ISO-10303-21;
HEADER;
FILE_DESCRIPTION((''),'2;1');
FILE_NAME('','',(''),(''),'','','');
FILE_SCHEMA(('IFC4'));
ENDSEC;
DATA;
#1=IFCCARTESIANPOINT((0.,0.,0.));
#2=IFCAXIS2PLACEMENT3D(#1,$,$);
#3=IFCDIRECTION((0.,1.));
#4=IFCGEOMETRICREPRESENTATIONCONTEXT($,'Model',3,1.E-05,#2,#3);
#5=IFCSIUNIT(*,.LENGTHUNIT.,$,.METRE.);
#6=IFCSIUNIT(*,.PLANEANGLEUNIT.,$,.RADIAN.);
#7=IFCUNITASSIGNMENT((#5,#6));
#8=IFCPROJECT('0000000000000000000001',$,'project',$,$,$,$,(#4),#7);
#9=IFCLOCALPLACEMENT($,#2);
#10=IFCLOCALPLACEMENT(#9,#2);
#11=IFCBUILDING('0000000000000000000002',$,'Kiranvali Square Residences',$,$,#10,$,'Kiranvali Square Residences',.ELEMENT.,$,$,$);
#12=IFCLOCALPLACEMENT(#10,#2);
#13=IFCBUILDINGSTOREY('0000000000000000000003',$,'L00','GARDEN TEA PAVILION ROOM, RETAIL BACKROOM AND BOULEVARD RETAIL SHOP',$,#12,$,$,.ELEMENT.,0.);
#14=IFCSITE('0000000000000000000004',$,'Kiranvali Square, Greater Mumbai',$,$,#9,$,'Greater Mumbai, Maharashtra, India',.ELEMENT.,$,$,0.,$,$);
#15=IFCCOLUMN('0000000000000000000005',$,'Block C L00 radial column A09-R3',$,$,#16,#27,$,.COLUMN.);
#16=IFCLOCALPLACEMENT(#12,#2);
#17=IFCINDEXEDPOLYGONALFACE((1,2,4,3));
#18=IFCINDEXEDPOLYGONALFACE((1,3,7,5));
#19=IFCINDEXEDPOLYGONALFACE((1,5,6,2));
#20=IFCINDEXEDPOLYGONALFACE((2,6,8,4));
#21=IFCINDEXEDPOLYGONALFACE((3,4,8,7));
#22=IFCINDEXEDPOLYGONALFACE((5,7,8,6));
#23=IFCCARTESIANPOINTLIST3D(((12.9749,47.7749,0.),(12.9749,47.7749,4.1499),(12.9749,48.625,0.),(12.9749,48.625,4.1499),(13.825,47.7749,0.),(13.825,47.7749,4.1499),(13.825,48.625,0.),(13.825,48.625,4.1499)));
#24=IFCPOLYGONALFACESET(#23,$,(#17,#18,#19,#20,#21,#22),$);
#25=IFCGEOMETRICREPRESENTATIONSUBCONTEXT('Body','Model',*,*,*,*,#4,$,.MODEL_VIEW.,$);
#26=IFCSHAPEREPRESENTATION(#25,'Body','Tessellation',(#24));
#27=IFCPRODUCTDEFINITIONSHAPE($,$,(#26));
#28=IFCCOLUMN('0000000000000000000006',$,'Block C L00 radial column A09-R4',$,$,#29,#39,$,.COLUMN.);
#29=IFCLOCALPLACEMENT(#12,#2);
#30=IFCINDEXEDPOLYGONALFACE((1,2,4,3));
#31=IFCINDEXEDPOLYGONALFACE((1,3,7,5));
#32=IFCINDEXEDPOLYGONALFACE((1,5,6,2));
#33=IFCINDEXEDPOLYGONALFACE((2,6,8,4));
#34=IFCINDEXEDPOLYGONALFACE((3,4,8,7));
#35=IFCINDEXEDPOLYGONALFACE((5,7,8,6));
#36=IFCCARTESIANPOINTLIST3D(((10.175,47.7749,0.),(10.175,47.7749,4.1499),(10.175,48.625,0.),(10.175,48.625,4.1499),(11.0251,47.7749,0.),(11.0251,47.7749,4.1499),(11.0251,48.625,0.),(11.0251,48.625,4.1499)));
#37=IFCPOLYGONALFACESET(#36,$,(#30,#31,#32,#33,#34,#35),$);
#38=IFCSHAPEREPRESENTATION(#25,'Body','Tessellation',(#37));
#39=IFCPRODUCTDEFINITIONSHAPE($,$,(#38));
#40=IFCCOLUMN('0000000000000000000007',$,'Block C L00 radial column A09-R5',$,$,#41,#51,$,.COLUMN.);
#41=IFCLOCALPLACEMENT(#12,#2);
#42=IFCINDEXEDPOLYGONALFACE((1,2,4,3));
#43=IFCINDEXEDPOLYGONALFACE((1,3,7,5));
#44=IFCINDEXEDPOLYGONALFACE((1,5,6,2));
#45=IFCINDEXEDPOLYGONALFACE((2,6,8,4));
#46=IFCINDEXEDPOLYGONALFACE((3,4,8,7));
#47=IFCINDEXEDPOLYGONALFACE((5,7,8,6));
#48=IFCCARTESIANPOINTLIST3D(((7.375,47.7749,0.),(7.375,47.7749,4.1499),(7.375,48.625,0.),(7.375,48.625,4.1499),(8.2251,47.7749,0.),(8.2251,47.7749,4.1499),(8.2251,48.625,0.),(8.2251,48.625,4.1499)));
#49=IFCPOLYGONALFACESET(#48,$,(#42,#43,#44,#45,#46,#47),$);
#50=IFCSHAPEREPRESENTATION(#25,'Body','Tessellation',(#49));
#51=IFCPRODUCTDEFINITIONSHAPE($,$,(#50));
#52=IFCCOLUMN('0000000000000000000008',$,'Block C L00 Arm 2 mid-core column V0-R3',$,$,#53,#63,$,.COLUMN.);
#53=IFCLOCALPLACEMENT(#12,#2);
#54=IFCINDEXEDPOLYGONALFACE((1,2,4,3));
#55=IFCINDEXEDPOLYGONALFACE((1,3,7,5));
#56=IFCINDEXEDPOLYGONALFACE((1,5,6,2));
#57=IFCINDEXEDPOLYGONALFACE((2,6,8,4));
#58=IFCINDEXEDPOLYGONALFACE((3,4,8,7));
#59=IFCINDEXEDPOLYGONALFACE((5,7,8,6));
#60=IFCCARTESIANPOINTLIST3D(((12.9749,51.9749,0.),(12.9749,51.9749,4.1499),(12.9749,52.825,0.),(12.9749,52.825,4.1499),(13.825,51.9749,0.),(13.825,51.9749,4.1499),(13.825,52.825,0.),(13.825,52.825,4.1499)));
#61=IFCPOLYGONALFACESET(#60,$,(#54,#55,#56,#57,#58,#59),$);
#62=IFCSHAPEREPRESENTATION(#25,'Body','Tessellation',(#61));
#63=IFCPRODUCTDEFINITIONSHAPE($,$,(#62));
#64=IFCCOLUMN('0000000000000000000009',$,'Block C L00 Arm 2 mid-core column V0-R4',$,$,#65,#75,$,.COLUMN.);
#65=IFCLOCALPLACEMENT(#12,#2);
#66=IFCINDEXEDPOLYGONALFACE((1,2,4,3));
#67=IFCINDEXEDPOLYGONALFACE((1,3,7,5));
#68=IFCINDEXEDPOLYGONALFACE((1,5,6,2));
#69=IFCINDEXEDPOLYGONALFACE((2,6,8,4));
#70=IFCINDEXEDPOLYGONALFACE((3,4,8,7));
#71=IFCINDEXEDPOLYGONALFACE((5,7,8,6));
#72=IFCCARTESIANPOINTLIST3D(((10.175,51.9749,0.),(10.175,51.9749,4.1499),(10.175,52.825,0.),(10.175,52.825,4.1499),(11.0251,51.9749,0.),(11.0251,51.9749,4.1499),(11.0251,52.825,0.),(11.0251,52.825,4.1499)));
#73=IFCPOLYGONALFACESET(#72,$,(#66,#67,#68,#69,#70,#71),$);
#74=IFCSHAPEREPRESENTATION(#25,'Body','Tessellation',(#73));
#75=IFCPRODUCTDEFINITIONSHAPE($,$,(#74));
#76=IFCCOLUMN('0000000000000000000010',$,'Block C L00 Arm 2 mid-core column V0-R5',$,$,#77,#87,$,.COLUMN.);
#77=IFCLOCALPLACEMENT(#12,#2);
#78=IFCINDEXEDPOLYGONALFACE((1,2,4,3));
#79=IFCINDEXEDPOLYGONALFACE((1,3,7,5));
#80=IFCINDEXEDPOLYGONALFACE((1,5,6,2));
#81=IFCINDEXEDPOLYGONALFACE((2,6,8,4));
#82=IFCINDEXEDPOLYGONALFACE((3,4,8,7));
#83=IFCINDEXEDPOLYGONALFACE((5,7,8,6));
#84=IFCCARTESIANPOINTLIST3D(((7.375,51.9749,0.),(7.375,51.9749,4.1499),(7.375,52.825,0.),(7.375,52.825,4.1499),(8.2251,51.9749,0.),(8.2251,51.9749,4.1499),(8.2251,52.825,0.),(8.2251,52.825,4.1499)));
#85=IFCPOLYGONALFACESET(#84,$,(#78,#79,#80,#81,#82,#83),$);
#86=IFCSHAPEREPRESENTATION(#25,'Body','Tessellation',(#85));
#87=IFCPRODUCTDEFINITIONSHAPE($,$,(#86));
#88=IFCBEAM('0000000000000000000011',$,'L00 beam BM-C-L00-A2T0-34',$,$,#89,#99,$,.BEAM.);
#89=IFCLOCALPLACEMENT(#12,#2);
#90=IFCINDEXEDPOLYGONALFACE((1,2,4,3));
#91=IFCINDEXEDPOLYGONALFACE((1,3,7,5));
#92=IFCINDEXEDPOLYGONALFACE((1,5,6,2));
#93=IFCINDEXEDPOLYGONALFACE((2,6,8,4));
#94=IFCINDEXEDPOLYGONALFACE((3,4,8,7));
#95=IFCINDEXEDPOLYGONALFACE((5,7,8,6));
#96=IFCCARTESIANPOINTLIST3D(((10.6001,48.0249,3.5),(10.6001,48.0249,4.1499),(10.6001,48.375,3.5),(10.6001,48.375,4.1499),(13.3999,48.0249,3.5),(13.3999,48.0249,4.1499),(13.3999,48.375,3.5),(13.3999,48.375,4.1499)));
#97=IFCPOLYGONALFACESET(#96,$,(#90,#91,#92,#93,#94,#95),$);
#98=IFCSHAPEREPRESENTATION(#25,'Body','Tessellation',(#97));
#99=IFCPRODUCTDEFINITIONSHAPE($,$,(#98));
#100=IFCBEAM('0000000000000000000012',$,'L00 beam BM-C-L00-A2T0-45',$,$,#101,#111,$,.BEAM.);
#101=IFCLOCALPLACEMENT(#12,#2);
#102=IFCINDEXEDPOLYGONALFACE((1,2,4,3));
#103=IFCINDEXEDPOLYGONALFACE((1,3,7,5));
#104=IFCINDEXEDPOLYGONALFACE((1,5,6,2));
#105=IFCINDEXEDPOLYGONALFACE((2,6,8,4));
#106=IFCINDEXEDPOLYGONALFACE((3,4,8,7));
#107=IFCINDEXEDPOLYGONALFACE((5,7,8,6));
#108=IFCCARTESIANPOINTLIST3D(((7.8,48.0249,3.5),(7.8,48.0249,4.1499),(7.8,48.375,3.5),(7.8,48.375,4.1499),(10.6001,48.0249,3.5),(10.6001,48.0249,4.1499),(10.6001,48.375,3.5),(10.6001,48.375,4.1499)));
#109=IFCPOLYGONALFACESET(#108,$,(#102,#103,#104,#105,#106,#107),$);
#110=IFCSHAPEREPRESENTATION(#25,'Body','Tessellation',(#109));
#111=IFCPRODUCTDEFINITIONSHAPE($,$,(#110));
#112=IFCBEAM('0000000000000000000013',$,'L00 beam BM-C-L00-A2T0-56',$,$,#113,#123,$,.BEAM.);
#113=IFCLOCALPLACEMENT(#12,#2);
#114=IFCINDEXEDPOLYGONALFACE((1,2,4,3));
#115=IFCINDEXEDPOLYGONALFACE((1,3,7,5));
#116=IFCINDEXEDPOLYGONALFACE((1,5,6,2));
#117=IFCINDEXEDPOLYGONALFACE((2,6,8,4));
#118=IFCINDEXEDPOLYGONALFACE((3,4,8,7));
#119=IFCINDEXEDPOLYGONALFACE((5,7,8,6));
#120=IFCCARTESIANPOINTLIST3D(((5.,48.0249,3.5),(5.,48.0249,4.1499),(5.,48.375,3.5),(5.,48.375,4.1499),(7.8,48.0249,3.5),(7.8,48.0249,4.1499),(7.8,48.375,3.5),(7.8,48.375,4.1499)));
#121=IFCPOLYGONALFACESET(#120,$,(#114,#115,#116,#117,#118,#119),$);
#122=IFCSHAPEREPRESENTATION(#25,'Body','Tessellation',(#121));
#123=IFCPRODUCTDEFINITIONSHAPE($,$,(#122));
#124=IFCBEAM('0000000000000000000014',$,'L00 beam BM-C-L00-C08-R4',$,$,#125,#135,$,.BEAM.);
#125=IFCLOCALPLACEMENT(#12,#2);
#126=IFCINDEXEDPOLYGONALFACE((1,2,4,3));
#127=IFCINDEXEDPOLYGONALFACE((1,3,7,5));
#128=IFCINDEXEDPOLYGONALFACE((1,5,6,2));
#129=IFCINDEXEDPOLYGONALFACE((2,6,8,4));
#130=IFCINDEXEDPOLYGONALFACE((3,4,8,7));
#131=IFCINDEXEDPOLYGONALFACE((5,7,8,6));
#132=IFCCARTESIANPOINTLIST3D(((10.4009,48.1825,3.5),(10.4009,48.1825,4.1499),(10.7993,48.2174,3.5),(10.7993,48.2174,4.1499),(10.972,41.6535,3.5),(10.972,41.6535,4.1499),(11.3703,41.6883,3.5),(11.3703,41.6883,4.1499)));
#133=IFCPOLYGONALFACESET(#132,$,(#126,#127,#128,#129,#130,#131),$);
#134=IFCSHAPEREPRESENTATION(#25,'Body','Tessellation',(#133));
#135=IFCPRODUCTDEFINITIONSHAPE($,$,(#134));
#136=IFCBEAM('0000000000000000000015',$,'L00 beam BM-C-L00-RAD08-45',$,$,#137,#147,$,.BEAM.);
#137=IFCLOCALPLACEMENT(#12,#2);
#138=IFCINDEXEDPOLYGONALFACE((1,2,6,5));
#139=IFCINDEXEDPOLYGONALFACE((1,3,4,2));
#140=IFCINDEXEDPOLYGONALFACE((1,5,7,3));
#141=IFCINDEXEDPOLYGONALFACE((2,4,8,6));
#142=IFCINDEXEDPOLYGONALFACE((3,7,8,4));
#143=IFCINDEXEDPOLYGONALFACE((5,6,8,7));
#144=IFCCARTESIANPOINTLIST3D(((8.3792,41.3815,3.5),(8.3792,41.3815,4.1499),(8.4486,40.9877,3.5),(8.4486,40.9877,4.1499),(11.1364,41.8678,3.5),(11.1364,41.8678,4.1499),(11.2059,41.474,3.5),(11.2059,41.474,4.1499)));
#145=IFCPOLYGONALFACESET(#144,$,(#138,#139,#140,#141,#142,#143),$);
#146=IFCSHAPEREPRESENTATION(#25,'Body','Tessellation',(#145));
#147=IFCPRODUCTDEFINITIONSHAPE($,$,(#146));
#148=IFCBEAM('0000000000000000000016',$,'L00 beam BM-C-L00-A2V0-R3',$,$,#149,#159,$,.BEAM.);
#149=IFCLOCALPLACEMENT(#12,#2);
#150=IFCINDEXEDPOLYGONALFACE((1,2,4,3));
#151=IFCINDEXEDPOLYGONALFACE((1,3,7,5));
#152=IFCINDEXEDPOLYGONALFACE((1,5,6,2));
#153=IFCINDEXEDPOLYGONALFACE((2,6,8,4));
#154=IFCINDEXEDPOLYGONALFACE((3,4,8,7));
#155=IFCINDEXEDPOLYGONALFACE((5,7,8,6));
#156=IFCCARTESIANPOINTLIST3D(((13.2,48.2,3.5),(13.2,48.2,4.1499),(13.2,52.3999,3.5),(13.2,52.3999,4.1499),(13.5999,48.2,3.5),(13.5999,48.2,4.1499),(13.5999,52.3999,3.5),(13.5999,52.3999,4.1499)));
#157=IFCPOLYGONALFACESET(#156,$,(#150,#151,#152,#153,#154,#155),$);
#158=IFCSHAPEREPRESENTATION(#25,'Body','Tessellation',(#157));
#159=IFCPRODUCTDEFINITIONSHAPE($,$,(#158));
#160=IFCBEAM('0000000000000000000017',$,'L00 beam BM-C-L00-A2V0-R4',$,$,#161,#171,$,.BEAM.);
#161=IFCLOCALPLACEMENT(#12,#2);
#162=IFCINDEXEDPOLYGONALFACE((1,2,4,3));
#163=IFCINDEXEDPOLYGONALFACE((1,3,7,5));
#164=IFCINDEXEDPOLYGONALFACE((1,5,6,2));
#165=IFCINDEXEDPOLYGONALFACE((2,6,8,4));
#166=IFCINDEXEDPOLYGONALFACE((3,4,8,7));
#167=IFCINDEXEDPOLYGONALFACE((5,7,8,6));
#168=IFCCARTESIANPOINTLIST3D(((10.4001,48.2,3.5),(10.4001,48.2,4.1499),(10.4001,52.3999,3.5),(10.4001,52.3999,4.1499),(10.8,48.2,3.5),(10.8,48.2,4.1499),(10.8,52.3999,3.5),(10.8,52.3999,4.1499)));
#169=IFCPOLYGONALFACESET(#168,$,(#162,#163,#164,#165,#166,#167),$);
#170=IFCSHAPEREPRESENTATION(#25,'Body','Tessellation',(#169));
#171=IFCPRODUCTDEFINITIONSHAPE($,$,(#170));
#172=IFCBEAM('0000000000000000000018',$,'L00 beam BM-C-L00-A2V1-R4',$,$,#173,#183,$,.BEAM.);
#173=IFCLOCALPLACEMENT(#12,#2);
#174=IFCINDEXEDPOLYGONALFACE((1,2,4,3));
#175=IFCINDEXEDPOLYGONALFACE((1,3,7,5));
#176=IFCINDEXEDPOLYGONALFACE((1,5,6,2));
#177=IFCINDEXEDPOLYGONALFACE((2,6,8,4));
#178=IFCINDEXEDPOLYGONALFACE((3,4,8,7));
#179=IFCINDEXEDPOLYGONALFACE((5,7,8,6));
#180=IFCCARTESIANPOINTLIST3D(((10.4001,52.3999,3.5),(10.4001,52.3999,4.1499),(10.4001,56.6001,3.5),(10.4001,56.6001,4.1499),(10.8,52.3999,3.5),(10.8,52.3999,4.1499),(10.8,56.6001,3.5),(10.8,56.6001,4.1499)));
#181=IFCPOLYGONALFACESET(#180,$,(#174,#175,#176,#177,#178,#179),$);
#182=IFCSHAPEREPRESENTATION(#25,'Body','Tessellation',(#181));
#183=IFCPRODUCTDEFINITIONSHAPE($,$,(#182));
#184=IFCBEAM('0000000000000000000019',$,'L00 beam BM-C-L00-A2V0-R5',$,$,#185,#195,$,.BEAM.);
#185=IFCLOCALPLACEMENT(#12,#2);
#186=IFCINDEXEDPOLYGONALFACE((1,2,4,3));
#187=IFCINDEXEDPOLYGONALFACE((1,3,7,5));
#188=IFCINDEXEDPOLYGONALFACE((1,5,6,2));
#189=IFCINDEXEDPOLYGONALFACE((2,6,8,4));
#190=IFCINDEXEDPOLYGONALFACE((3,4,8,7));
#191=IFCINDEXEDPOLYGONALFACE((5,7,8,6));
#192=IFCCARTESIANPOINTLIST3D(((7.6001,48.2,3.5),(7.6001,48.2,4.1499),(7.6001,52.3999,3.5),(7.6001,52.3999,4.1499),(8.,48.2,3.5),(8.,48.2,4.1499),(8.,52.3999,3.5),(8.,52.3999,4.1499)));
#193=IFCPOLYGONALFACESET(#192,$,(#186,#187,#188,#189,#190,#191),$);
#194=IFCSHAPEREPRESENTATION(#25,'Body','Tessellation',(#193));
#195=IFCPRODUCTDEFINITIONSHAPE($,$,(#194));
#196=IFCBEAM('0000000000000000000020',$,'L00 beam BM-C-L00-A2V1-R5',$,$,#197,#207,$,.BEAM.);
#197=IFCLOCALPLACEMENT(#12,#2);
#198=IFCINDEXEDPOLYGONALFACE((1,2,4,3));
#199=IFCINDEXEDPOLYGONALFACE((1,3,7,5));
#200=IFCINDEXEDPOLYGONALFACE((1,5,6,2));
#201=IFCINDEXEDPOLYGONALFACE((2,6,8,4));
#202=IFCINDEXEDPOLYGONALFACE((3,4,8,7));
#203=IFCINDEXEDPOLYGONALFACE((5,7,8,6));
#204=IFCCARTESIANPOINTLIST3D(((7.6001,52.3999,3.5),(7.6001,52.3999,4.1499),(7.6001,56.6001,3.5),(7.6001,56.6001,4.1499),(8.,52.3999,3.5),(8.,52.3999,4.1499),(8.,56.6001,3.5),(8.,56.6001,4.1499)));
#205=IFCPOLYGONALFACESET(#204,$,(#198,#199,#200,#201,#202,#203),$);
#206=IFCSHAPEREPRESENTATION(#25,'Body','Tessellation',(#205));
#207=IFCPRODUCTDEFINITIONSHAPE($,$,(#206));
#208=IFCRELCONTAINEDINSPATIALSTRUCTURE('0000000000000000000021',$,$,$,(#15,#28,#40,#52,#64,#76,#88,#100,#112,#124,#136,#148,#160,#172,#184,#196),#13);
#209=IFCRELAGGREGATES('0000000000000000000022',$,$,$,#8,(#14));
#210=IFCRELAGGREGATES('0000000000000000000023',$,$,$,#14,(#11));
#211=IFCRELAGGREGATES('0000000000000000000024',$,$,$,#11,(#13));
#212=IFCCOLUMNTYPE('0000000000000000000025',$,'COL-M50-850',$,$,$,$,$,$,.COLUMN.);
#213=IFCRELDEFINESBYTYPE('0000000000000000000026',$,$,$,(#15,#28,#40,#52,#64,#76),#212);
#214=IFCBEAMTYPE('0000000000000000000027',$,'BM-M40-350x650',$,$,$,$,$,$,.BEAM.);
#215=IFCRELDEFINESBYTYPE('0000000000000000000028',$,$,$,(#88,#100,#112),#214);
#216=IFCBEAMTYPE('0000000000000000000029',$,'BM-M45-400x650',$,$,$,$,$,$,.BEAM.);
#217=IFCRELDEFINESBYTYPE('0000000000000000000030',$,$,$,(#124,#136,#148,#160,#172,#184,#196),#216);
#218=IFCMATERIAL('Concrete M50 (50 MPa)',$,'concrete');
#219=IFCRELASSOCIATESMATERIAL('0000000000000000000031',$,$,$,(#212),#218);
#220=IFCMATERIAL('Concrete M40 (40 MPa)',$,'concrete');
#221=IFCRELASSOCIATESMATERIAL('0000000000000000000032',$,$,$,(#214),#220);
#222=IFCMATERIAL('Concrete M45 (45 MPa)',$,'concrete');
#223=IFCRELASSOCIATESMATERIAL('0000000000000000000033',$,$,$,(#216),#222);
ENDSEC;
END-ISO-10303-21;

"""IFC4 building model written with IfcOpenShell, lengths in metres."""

from ifc_helpers import new_model, si_unit, direction, frame, origin, origin_2d, place, context, subcontext, project, spatial, rectangle, extrude, material, material_profile, profile_set, type_object, element, save


model = new_model("IFC4")

# Units and contexts
model_context = context("Model", 3, precision=1e-05, world=origin(), true_north=direction((0.0, 1.0)))
body_context = subcontext(model_context, "Body", "Model", "MODEL_VIEW")
ifc_project = project(units=[si_unit("LENGTHUNIT", "METRE"), si_unit("PLANEANGLEUNIT", "RADIAN")], contexts=[model_context])

# Site, building, storey
site_placement = place(None, origin())
site = spatial("IfcSite", under=ifc_project, at=site_placement, Name="Kiranvali Square, Greater Mumbai", LongName="Greater Mumbai, Maharashtra, India", CompositionType="ELEMENT", RefElevation=0.0)
building_placement = place(site_placement, origin())
building = spatial("IfcBuilding", under=site, at=building_placement, Name="Kiranvali Square Residences", LongName="Kiranvali Square Residences", CompositionType="ELEMENT")
storey_placement = place(building_placement, origin())
storey = spatial("IfcBuildingStorey", under=building, at=storey_placement, Name="L00", Description="GARDEN TEA PAVILION ROOM, RETAIL BACKROOM AND BOULEVARD RETAIL SHOP", CompositionType="ELEMENT", Elevation=0.0)

# Columns
ifc_material_1 = material(Name="Concrete M50 (50 MPa)", Category="concrete")
ifc_material_profile_1 = material_profile(ifc_material_1, rectangle(XDim=0.8501, YDim=0.8501, at=origin_2d()), Name="RC 850x850")
ifc_profile_set_1 = profile_set([ifc_material_profile_1], Name="Concrete M50 (50 MPa)")
column_type = type_object("IfcColumnType", Name="COL-M50-850", PredefinedType="COLUMN", material=ifc_profile_set_1)
for number, where, z_axis, x_axis, name in (
    (1, (13.3999, 48.2, 0.0), (0.0, 0.0, 1.0), (0.0, 1.0, 0.0), "Block C L00 radial column A09-R3"),
    (2, (10.6001, 48.2, 0.0), (0.0, 0.0, 1.0), (0.0, 1.0, 0.0), "Block C L00 radial column A09-R4"),
    (3, (7.8, 48.2, 0.0), (0.0, 0.0, 1.0), (0.0, 1.0, 0.0), "Block C L00 radial column A09-R5"),
    (4, (13.3999, 52.3999, 0.0), (0.0, 0.0, 1.0), (1.0, 0.0, 0.0), "Block C L00 Arm 2 mid-core column V0-R3"),
    (5, (10.6001, 52.3999, 0.0), (0.0, 0.0, 1.0), (1.0, 0.0, 0.0), "Block C L00 Arm 2 mid-core column V0-R4"),
    (6, (7.8, 52.3999, 0.0), (0.0, 0.0, 1.0), (1.0, 0.0, 0.0), "Block C L00 Arm 2 mid-core column V0-R5"),
):
    element("IfcColumn", number, at=place(storey_placement, frame(where, z_axis=z_axis, x_axis=x_axis)), inside=storey, type_object=column_type, Name=name, PredefinedType="COLUMN", context=body_context, shape_type="SweptSolid", body=[
        extrude(rectangle(XDim=0.8501, YDim=0.8501, at=origin_2d()), origin(), (0.0, 0.0, 1.0), 4.1499),
    ])

# Beams
ifc_material_2 = material(Name="Concrete M40 (40 MPa)", Category="concrete")
ifc_material_profile_2 = material_profile(ifc_material_2, rectangle(XDim=0.3501, YDim=0.6499, at=origin_2d()), Name="RC 350x650")
ifc_profile_set_2 = profile_set([ifc_material_profile_2], Name="Concrete M40 (40 MPa)")
beam_type_1 = type_object("IfcBeamType", Name="BM-M40-350x650", PredefinedType="BEAM", material=ifc_profile_set_2)
beam_1_placement = place(storey_placement, frame((13.3999, 48.2, 3.825), z_axis=(-1.0, 0.0, 0.0), x_axis=(0.0, -1.0, 0.0)))
element("IfcBeam", 7, at=beam_1_placement, inside=storey, type_object=beam_type_1, Name="L00 beam BM-C-L00-A2T0-34", PredefinedType="BEAM", context=body_context, shape_type="SweptSolid", body=[
    extrude(rectangle(XDim=0.3501, YDim=0.6499, at=origin_2d()), origin(), (0.0, 0.0, 1.0), 2.7998),
])
for number, where, z_axis, x_axis, name in (
    (8, (10.6001, 48.2, 3.825), (-1.0, 0.0, 0.0), (0.0, -1.0, 0.0), "L00 beam BM-C-L00-A2T0-45"),
    (9, (7.8, 48.2, 3.825), (-1.0, 0.0, 0.0), (0.0, -1.0, 0.0), "L00 beam BM-C-L00-A2T0-56"),
):
    element("IfcBeam", number, at=place(storey_placement, frame(where, z_axis=z_axis, x_axis=x_axis)), inside=storey, type_object=beam_type_1, Name=name, PredefinedType="BEAM", context=body_context, shape_type="SweptSolid", body=[
        extrude(rectangle(XDim=0.3501, YDim=0.6499, at=origin_2d()), origin(), (0.0, 0.0, 1.0), 2.8),
    ])
ifc_material_3 = material(Name="Concrete M45 (45 MPa)", Category="concrete")
ifc_material_profile_3 = material_profile(ifc_material_3, rectangle(XDim=0.3999, YDim=0.6499, at=origin_2d()), Name="RC 400x650")
ifc_profile_set_3 = profile_set([ifc_material_profile_3], Name="Concrete M45 (45 MPa)")
beam_type_2 = type_object("IfcBeamType", Name="BM-M45-400x650", PredefinedType="BEAM", material=ifc_profile_set_3)
beam_2_placement = place(storey_placement, frame((11.1711, 41.6709, 3.825), z_axis=(-0.08713, 0.996197, 0.0), x_axis=(-0.996197, -0.08713, 0.0)))
element("IfcBeam", 10, at=beam_2_placement, inside=storey, type_object=beam_type_2, Name="L00 beam BM-C-L00-C08-R4", PredefinedType="BEAM", context=body_context, shape_type="SweptSolid", body=[
    extrude(rectangle(XDim=0.3999, YDim=0.6499, at=origin_2d()), origin(), (0.0, 0.0, 1.0), 6.554),
])
beam_3_placement = place(storey_placement, frame((11.1711, 41.6709, 3.825), z_axis=(-0.984799, -0.173696, 0.0), x_axis=(0.173696, -0.984799, 0.0)))
element("IfcBeam", 11, at=beam_3_placement, inside=storey, type_object=beam_type_2, Name="L00 beam BM-C-L00-RAD08-45", PredefinedType="BEAM", context=body_context, shape_type="SweptSolid", body=[
    extrude(rectangle(XDim=0.3999, YDim=0.6499, at=origin_2d()), origin(), (0.0, 0.0, 1.0), 2.7998),
])
for number, where, z_axis, x_axis, name in (
    (12, (13.3999, 48.2, 3.825), (0.0, 1.0, 0.0), (-1.0, 0.0, 0.0), "L00 beam BM-C-L00-A2V0-R3"),
    (13, (10.6001, 48.2, 3.825), (0.0, 1.0, 0.0), (-1.0, 0.0, 0.0), "L00 beam BM-C-L00-A2V0-R4"),
):
    element("IfcBeam", number, at=place(storey_placement, frame(where, z_axis=z_axis, x_axis=x_axis)), inside=storey, type_object=beam_type_2, Name=name, PredefinedType="BEAM", context=body_context, shape_type="SweptSolid", body=[
        extrude(rectangle(XDim=0.3999, YDim=0.6499, at=origin_2d()), origin(), (0.0, 0.0, 1.0), 4.2),
    ])
beam_4_placement = place(storey_placement, frame((10.6001, 52.3999, 3.825), z_axis=(0.0, 1.0, 0.0), x_axis=(-1.0, 0.0, 0.0)))
element("IfcBeam", 14, at=beam_4_placement, inside=storey, type_object=beam_type_2, Name="L00 beam BM-C-L00-A2V1-R4", PredefinedType="BEAM", context=body_context, shape_type="SweptSolid", body=[
    extrude(rectangle(XDim=0.3999, YDim=0.6499, at=origin_2d()), origin(), (0.0, 0.0, 1.0), 4.2002),
])
beam_5_placement = place(storey_placement, frame((7.8, 48.2, 3.825), z_axis=(0.0, 1.0, 0.0), x_axis=(-1.0, 0.0, 0.0)))
element("IfcBeam", 15, at=beam_5_placement, inside=storey, type_object=beam_type_2, Name="L00 beam BM-C-L00-A2V0-R5", PredefinedType="BEAM", context=body_context, shape_type="SweptSolid", body=[
    extrude(rectangle(XDim=0.3999, YDim=0.6499, at=origin_2d()), origin(), (0.0, 0.0, 1.0), 4.2),
])
beam_6_placement = place(storey_placement, frame((7.8, 52.3999, 3.825), z_axis=(0.0, 1.0, 0.0), x_axis=(-1.0, 0.0, 0.0)))
element("IfcBeam", 16, at=beam_6_placement, inside=storey, type_object=beam_type_2, Name="L00 beam BM-C-L00-A2V1-R5", PredefinedType="BEAM", context=body_context, shape_type="SweptSolid", body=[
    extrude(rectangle(XDim=0.3999, YDim=0.6499, at=origin_2d()), origin(), (0.0, 0.0, 1.0), 4.2002),
])

save(model, "model.ifc")
